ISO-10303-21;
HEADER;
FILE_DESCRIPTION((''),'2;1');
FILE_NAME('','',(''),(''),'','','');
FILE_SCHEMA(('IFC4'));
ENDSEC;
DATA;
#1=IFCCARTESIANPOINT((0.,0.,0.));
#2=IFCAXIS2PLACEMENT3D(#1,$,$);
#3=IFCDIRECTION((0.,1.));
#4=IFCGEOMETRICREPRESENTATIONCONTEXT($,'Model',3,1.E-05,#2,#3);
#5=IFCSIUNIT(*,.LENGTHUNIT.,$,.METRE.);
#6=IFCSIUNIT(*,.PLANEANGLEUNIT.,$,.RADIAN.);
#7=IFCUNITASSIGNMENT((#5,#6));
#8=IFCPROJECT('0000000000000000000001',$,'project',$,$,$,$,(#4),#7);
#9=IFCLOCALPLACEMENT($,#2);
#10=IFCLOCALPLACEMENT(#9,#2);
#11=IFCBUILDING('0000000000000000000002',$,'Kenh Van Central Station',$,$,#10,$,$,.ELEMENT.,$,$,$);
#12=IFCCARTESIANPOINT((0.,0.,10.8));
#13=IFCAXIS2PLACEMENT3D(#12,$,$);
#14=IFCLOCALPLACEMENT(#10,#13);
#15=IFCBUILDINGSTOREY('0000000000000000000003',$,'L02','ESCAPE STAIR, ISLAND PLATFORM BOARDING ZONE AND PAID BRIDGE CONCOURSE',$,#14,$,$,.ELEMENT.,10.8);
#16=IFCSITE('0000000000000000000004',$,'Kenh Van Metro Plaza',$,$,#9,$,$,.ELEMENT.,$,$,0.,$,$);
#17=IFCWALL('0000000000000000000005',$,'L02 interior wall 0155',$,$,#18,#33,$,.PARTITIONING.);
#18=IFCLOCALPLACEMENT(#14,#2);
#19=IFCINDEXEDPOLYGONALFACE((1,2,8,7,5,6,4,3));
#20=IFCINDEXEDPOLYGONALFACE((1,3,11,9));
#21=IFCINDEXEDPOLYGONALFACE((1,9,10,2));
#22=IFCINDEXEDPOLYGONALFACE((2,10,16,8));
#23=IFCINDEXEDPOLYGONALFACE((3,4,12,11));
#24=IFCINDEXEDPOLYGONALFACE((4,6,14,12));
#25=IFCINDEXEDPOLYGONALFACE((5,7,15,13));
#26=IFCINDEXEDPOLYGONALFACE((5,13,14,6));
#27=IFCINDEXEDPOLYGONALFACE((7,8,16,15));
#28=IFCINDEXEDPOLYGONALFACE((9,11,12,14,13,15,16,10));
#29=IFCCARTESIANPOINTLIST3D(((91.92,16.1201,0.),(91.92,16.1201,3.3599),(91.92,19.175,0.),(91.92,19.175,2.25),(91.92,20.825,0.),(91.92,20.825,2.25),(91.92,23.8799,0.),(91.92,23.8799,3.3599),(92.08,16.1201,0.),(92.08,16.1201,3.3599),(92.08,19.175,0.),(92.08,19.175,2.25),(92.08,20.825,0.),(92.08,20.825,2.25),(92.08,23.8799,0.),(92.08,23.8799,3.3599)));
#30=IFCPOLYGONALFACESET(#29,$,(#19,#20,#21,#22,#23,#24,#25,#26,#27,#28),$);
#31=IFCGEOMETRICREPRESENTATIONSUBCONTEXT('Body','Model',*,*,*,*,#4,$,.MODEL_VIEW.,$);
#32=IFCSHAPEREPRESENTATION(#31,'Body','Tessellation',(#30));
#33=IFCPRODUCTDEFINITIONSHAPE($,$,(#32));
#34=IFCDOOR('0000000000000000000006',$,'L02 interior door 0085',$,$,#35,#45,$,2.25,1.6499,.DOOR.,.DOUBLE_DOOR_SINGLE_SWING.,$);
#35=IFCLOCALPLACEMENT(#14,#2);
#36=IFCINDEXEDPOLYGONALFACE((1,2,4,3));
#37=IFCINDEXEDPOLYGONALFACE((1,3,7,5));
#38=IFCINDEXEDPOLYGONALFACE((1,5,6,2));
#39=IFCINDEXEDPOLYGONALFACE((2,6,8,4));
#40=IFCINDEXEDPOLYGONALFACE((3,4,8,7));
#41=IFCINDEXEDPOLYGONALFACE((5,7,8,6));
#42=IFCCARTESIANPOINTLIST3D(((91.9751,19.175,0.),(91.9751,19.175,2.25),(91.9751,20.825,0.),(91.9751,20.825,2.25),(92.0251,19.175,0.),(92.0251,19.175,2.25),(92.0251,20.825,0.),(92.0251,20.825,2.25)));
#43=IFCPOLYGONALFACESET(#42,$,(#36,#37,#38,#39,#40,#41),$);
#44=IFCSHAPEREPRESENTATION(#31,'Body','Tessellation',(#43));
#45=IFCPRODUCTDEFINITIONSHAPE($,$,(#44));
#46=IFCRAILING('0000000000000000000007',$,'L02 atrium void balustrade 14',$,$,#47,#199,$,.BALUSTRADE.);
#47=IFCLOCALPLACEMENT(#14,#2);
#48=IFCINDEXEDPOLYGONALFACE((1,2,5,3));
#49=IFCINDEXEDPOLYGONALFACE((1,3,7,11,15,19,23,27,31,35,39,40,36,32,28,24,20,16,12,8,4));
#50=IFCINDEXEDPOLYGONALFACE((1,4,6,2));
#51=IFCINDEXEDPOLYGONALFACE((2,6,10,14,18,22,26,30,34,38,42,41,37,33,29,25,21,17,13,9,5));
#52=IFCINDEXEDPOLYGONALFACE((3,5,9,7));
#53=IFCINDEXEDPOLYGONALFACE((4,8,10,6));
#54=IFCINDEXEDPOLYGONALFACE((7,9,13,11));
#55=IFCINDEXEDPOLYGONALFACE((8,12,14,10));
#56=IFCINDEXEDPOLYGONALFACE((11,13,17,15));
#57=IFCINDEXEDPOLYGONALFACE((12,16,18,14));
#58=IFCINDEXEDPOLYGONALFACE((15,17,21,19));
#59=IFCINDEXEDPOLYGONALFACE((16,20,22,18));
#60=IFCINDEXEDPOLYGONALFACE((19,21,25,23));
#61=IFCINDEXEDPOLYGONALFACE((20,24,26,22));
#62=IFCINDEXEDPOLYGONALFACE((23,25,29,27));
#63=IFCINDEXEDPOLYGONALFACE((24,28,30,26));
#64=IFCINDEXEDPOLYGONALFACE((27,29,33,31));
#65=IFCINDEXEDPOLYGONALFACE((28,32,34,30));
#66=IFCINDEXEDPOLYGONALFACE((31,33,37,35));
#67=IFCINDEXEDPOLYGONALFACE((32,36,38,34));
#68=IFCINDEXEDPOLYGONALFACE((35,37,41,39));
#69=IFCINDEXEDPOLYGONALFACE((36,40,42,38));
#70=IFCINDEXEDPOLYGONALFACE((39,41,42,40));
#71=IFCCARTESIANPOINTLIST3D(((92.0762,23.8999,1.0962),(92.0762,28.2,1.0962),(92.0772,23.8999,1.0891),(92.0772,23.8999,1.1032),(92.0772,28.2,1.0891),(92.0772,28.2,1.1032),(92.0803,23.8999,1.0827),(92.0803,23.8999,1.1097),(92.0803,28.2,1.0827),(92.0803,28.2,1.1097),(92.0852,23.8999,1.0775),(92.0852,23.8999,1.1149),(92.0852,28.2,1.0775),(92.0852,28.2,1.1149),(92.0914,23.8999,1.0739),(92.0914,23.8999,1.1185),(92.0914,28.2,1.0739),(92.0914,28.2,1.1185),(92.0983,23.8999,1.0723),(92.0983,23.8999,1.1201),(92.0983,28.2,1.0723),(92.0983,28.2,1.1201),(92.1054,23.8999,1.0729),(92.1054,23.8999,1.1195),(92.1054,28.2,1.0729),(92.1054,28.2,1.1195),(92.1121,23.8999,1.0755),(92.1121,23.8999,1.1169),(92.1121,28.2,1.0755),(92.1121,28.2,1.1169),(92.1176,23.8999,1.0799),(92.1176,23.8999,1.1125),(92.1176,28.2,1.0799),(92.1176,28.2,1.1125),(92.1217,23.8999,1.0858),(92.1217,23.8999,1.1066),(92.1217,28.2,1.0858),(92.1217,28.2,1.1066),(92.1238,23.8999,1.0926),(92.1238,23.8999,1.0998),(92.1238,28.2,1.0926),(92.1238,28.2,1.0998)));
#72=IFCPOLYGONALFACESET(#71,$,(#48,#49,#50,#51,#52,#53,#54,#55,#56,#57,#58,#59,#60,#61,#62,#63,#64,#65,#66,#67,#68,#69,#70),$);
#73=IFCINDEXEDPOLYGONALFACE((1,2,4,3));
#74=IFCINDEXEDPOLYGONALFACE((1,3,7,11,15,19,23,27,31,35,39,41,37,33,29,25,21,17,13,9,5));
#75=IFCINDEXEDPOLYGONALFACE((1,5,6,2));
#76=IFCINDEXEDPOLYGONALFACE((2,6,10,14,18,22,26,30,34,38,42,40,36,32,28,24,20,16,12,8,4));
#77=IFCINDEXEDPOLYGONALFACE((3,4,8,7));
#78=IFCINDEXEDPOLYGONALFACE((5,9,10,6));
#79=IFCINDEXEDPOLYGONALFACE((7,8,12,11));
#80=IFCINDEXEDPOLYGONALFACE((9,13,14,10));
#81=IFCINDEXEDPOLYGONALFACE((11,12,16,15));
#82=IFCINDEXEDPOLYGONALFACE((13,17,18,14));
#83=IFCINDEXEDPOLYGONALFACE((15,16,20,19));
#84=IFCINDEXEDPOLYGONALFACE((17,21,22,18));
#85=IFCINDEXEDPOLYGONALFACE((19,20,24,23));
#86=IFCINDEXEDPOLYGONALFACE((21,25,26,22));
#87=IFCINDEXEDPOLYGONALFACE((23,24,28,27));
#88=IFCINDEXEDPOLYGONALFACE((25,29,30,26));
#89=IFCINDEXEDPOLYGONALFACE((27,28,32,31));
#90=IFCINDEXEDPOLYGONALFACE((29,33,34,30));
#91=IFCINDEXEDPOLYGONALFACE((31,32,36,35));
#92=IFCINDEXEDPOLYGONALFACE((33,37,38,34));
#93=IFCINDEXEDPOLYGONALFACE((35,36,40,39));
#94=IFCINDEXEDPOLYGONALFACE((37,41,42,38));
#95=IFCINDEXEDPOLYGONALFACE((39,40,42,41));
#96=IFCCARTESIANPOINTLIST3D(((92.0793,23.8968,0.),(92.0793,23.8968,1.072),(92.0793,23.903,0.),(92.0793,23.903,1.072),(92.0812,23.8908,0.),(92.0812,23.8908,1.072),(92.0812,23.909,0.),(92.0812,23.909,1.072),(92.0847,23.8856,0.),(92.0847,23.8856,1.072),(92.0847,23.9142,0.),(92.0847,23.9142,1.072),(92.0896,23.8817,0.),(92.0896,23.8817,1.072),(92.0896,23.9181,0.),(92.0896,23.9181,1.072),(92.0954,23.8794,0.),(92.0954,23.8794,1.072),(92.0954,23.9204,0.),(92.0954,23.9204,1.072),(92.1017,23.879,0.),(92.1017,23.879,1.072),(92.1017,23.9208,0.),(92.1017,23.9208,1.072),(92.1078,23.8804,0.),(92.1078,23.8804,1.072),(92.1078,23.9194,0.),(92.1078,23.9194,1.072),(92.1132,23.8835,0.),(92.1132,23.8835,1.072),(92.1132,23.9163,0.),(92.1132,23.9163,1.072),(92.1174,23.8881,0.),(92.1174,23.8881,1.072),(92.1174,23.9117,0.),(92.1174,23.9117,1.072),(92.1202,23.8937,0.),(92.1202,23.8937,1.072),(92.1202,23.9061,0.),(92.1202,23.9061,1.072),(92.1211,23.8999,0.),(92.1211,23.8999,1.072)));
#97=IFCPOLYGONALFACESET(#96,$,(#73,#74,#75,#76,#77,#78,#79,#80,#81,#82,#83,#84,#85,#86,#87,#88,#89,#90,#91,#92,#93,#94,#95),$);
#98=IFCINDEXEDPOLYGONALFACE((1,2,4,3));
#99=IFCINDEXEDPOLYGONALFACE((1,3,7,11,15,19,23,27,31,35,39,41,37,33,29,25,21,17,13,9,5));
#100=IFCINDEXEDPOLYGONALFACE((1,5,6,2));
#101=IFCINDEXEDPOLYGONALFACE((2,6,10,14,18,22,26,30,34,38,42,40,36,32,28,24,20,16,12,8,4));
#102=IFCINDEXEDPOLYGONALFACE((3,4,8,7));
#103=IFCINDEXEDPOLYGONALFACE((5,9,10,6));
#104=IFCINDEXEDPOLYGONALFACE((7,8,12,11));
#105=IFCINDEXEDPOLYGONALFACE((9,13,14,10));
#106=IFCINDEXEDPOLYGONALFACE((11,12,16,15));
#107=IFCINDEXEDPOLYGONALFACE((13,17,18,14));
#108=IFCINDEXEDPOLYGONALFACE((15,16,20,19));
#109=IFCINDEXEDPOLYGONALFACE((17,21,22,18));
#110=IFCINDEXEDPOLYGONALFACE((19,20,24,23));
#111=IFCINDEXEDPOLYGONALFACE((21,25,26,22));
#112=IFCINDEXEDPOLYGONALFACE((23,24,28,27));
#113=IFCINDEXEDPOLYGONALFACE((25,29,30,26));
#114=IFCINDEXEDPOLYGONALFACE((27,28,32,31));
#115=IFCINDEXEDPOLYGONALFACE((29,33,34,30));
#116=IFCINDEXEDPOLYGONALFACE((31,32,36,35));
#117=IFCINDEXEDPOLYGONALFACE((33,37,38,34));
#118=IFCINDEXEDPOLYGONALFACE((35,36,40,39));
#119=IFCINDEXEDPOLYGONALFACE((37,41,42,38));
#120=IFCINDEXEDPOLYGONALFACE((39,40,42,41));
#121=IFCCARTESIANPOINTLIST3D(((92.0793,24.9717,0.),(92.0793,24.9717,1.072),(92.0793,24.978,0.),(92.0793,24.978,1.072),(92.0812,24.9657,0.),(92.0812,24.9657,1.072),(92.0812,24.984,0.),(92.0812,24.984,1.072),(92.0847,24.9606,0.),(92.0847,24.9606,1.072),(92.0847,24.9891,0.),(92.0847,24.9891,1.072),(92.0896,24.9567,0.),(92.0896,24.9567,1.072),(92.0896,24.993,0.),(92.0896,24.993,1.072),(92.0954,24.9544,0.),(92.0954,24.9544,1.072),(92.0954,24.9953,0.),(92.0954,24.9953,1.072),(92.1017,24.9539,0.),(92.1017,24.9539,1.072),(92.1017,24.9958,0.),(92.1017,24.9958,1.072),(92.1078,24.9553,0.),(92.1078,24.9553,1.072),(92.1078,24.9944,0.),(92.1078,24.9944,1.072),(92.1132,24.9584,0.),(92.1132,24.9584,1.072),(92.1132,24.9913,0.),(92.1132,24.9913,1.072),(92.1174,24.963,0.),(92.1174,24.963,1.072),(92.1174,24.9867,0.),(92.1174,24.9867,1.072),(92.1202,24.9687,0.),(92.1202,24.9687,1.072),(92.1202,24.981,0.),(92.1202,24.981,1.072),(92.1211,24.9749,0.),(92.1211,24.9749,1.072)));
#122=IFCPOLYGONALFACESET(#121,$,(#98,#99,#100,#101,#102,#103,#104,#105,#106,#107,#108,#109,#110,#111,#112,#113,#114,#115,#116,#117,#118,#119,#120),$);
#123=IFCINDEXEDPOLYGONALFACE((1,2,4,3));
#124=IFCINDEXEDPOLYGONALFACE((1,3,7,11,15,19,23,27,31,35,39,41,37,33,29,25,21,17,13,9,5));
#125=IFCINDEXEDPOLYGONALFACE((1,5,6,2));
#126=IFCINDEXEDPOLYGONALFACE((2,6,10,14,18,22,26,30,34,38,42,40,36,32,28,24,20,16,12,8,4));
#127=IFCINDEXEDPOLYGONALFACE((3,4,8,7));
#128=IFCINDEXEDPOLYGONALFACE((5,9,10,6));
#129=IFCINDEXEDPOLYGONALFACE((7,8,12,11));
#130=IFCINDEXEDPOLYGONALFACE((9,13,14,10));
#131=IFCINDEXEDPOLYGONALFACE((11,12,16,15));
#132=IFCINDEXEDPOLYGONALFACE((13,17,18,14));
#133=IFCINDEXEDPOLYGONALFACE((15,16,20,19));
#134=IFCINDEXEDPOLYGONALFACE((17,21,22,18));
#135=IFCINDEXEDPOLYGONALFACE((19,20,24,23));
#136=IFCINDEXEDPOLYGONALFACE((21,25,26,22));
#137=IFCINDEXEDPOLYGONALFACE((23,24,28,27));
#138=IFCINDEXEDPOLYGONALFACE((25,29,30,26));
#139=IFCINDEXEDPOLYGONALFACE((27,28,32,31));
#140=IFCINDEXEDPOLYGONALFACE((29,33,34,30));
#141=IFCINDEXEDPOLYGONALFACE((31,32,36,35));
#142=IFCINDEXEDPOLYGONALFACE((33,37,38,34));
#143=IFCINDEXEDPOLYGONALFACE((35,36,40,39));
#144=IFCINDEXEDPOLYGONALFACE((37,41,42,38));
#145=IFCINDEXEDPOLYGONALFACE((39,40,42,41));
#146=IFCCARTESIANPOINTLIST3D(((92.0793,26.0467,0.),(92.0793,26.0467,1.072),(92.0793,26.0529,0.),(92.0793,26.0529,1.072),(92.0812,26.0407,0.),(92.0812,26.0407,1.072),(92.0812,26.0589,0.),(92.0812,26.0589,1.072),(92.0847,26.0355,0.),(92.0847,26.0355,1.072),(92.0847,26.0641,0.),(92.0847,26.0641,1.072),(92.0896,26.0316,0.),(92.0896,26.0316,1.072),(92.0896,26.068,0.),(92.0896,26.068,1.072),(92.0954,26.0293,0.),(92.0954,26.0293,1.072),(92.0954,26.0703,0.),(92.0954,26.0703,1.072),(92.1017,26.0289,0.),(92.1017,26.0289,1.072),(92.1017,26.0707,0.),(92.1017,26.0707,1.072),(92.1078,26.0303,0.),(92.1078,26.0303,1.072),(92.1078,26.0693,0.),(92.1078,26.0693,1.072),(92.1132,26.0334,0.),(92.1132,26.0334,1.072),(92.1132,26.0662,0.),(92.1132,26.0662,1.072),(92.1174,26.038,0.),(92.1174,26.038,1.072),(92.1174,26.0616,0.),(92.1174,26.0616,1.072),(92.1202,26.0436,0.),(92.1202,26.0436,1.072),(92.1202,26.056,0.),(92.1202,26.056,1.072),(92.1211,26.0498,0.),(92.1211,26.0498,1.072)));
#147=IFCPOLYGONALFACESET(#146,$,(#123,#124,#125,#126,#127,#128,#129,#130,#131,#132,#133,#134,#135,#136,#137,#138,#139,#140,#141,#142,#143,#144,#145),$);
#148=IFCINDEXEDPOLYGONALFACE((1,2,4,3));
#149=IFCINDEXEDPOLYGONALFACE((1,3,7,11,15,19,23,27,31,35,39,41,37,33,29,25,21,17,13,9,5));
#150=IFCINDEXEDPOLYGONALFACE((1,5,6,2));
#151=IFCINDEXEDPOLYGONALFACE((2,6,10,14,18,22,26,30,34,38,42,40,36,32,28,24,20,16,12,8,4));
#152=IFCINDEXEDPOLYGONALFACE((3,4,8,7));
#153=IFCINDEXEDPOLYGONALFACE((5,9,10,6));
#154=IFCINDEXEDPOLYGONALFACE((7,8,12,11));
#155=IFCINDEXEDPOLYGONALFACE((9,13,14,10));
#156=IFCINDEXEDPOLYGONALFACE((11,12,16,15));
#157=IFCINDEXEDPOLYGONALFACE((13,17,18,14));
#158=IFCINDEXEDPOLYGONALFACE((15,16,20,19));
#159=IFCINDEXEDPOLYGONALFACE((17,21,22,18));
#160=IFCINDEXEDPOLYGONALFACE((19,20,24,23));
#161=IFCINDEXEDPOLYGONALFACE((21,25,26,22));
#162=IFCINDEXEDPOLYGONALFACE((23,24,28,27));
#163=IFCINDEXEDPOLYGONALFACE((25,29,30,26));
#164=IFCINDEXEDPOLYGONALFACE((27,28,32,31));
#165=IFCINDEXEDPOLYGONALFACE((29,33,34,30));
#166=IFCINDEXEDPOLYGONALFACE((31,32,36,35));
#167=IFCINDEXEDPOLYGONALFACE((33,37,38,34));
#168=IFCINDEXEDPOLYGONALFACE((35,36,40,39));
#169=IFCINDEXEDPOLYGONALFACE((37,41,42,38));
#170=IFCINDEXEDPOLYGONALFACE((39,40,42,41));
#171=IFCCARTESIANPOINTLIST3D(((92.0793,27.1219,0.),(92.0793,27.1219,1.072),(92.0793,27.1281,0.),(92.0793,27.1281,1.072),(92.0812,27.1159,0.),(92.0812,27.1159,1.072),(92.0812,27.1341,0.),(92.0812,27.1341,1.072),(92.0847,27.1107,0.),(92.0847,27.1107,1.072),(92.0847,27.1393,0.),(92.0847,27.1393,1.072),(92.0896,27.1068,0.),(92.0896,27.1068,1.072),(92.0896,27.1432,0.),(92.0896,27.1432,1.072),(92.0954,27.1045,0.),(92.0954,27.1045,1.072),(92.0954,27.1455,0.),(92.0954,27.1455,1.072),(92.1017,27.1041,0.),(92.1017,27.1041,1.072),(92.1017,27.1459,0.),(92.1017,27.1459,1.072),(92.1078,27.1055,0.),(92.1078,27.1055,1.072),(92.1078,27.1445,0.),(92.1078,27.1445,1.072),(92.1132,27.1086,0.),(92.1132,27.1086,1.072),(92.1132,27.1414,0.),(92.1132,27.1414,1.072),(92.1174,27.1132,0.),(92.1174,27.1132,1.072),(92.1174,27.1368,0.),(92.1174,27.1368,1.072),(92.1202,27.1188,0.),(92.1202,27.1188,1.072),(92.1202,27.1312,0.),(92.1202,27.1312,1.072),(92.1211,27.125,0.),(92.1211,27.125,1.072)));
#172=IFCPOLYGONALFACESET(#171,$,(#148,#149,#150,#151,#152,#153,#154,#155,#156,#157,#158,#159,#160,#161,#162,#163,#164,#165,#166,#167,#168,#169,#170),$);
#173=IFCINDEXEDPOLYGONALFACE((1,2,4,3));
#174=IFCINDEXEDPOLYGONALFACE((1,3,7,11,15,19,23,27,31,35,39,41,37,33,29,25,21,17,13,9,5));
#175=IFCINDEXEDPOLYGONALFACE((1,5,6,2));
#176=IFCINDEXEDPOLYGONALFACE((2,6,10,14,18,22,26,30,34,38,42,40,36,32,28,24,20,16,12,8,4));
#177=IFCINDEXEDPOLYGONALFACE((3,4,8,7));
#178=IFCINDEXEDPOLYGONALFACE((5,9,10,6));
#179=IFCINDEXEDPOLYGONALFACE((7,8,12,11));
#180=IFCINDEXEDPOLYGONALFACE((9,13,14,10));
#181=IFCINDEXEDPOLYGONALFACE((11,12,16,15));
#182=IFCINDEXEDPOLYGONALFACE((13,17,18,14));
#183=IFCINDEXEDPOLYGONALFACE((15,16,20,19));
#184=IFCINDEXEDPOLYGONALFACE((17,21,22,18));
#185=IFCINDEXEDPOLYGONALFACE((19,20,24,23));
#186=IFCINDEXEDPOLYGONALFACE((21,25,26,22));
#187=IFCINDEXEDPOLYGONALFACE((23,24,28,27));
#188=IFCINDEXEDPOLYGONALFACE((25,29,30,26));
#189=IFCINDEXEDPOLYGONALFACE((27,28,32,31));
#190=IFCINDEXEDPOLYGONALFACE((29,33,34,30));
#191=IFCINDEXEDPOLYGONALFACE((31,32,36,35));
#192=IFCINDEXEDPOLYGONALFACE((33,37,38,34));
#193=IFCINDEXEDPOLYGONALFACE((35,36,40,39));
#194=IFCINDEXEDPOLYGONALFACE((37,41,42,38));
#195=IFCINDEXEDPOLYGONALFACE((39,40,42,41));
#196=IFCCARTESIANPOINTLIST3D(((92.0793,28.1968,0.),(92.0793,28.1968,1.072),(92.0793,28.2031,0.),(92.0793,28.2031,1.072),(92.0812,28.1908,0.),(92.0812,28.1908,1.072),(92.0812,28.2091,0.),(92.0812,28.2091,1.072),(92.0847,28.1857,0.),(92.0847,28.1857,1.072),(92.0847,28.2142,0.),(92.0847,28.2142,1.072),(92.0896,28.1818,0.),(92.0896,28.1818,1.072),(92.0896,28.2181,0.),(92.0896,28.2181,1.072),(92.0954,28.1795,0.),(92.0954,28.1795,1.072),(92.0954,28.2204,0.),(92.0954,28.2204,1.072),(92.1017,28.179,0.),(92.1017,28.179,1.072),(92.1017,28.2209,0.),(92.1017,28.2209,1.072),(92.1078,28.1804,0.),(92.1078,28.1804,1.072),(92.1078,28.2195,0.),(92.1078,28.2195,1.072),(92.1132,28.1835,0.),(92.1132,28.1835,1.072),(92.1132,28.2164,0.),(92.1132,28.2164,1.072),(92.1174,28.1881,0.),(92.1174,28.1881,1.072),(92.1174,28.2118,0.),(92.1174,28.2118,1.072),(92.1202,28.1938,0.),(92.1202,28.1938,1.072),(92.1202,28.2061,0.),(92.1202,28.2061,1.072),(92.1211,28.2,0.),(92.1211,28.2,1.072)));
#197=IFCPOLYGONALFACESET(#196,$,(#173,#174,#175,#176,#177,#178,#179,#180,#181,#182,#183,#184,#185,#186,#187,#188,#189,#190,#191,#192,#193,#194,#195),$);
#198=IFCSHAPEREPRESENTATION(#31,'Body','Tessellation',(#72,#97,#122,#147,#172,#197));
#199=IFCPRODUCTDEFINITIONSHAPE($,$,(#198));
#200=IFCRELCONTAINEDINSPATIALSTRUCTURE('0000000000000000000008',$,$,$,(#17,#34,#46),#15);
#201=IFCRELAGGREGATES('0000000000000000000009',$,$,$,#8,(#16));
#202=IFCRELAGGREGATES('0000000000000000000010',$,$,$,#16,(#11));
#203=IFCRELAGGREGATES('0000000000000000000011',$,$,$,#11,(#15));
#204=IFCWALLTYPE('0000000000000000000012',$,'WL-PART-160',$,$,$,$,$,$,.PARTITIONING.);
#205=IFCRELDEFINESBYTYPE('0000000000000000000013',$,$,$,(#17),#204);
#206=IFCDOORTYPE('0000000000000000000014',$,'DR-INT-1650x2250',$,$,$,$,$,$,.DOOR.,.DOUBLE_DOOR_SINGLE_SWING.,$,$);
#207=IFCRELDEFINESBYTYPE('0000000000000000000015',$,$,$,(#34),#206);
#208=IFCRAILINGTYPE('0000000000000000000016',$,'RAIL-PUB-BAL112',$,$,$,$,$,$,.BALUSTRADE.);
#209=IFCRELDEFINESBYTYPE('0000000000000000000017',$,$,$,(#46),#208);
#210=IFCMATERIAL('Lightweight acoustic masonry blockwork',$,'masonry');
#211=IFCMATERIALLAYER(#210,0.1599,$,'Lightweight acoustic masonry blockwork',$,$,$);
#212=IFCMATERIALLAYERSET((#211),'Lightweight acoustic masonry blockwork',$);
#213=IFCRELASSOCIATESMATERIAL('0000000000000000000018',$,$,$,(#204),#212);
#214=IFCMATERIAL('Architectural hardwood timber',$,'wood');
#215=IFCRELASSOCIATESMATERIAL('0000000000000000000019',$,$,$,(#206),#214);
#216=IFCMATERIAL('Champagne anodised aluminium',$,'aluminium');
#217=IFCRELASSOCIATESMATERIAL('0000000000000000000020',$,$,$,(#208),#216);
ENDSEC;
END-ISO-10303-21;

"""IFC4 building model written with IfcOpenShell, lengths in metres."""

from ifc_helpers import new_model, si_unit, direction, frame, frame_2d, origin, origin_2d, place, context, subcontext, project, spatial, rectangle, circle, extrude, material, layer, layer_set, type_object, element, fill, save


model = new_model("IFC4")

# Units and contexts
model_context = context("Model", 3, precision=1e-05, world=origin(), true_north=direction((0.0, 1.0)))
body_context = subcontext(model_context, "Body", "Model", "MODEL_VIEW")
ifc_project = project(units=[si_unit("LENGTHUNIT", "METRE"), si_unit("PLANEANGLEUNIT", "RADIAN")], contexts=[model_context])

# Site, building, storey
site_placement = place(None, origin())
site = spatial("IfcSite", under=ifc_project, at=site_placement, Name="Kenh Van Metro Plaza", CompositionType="ELEMENT", RefElevation=0.0)
building_placement = place(site_placement, origin())
building = spatial("IfcBuilding", under=site, at=building_placement, Name="Kenh Van Central Station", CompositionType="ELEMENT")
storey_placement = place(building_placement, frame((0.0, 0.0, 10.8)))
storey = spatial("IfcBuildingStorey", under=building, at=storey_placement, Name="L02", Description="ESCAPE STAIR, ISLAND PLATFORM BOARDING ZONE AND PAID BRIDGE CONCOURSE", CompositionType="ELEMENT", Elevation=10.8)

# Shared definitions
ifc_material_1 = material(Name="Champagne anodised aluminium", Category="aluminium")

# Wall, opening, door
ifc_material_2 = material(Name="Lightweight acoustic masonry blockwork", Category="masonry")
ifc_layer_1 = layer(ifc_material_2, 0.1599, Name="Lightweight acoustic masonry blockwork")
ifc_layer_set_1 = layer_set([ifc_layer_1], Name="Lightweight acoustic masonry blockwork")
wall_type = type_object("IfcWallType", Name="WL-PART-160", PredefinedType="PARTITIONING", material=ifc_layer_set_1)
wall_placement = place(storey_placement, frame((92.0, 16.1201, 0.0), z_axis=(0.0, 0.0, 1.0), x_axis=(0.0, 1.0, 0.0)))
wall = element("IfcWall", 1, at=wall_placement, inside=storey, type_object=wall_type, Name="L02 interior wall 0155", PredefinedType="PARTITIONING", context=body_context, shape_type="SweptSolid", body=[
    extrude(rectangle(XDim=7.7598, YDim=0.1599, at=frame_2d((3.8799, 0.0))), origin(), (0.0, 0.0, 1.0), 3.3599),
])
opening_placement = place(wall_placement, frame((3.0549, 0.0, 0.0)))
opening = element("IfcOpeningElement", 2, at=opening_placement, cuts=wall, PredefinedType="OPENING", context=body_context, shape_type="SweptSolid", body=[
    extrude(rectangle(XDim=1.6499, YDim=2.25, at=frame_2d((0.825, 1.125))), frame((0.0, 0.0898, 0.0), z_axis=(0.0, -1.0, 0.0), x_axis=(1.0, 0.0, 0.0)), (0.0, 0.0, 1.0), 0.1799),
])
ifc_material_3 = material(Name="Architectural hardwood timber", Category="wood")
door_type = type_object("IfcDoorType", Name="DR-INT-1650x2250", OperationType="DOUBLE_DOOR_SINGLE_SWING", PredefinedType="DOOR", material=ifc_material_3)
door_placement = place(opening_placement, origin())
door = element("IfcDoor", 3, at=door_placement, inside=storey, type_object=door_type, Name="L02 interior door 0085", OperationType="DOUBLE_DOOR_SINGLE_SWING", OverallHeight=2.25, OverallWidth=1.6499, PredefinedType="DOOR", context=body_context, shape_type="SweptSolid", body=[
    extrude(rectangle(XDim=1.6499, YDim=2.25, at=frame_2d((0.825, 1.125))), frame((0.0, 0.0249, 0.0), z_axis=(0.0, -1.0, 0.0), x_axis=(1.0, 0.0, 0.0)), (0.0, 0.0, 1.0), 0.05),
])
fill(opening, door)

# Railing
railing_type = type_object("IfcRailingType", Name="RAIL-PUB-BAL112", PredefinedType="BALUSTRADE", material=ifc_material_1)
railing_placement = place(storey_placement, frame((92.1001, 23.8999, 0.0)))
element("IfcRailing", 4, at=railing_placement, inside=storey, type_object=railing_type, Name="L02 atrium void balustrade 14", PredefinedType="BALUSTRADE", context=body_context, shape_type="SweptSolid", body=[
    extrude(circle(Radius=0.0239, at=origin_2d()), frame((0.0, 0.0, 1.0962), z_axis=(0.0, 1.0, 0.0), x_axis=(-1.0, 0.0, 0.0)), (0.0, 0.0, 1.0), 4.3),
    extrude(circle(Radius=0.021, at=origin_2d()), origin(), (0.0, 0.0, 1.0), 1.072),
    extrude(circle(Radius=0.021, at=origin_2d()), frame((0.0, 1.075, 0.0)), (0.0, 0.0, 1.0), 1.072),
    extrude(circle(Radius=0.021, at=origin_2d()), frame((0.0, 2.1499, 0.0)), (0.0, 0.0, 1.0), 1.072),
    extrude(circle(Radius=0.021, at=origin_2d()), frame((0.0, 3.2251, 0.0)), (0.0, 0.0, 1.0), 1.072),
    extrude(circle(Radius=0.021, at=origin_2d()), frame((0.0, 4.3, 0.0)), (0.0, 0.0, 1.0), 1.072),
])

save(model, "model.ifc")
